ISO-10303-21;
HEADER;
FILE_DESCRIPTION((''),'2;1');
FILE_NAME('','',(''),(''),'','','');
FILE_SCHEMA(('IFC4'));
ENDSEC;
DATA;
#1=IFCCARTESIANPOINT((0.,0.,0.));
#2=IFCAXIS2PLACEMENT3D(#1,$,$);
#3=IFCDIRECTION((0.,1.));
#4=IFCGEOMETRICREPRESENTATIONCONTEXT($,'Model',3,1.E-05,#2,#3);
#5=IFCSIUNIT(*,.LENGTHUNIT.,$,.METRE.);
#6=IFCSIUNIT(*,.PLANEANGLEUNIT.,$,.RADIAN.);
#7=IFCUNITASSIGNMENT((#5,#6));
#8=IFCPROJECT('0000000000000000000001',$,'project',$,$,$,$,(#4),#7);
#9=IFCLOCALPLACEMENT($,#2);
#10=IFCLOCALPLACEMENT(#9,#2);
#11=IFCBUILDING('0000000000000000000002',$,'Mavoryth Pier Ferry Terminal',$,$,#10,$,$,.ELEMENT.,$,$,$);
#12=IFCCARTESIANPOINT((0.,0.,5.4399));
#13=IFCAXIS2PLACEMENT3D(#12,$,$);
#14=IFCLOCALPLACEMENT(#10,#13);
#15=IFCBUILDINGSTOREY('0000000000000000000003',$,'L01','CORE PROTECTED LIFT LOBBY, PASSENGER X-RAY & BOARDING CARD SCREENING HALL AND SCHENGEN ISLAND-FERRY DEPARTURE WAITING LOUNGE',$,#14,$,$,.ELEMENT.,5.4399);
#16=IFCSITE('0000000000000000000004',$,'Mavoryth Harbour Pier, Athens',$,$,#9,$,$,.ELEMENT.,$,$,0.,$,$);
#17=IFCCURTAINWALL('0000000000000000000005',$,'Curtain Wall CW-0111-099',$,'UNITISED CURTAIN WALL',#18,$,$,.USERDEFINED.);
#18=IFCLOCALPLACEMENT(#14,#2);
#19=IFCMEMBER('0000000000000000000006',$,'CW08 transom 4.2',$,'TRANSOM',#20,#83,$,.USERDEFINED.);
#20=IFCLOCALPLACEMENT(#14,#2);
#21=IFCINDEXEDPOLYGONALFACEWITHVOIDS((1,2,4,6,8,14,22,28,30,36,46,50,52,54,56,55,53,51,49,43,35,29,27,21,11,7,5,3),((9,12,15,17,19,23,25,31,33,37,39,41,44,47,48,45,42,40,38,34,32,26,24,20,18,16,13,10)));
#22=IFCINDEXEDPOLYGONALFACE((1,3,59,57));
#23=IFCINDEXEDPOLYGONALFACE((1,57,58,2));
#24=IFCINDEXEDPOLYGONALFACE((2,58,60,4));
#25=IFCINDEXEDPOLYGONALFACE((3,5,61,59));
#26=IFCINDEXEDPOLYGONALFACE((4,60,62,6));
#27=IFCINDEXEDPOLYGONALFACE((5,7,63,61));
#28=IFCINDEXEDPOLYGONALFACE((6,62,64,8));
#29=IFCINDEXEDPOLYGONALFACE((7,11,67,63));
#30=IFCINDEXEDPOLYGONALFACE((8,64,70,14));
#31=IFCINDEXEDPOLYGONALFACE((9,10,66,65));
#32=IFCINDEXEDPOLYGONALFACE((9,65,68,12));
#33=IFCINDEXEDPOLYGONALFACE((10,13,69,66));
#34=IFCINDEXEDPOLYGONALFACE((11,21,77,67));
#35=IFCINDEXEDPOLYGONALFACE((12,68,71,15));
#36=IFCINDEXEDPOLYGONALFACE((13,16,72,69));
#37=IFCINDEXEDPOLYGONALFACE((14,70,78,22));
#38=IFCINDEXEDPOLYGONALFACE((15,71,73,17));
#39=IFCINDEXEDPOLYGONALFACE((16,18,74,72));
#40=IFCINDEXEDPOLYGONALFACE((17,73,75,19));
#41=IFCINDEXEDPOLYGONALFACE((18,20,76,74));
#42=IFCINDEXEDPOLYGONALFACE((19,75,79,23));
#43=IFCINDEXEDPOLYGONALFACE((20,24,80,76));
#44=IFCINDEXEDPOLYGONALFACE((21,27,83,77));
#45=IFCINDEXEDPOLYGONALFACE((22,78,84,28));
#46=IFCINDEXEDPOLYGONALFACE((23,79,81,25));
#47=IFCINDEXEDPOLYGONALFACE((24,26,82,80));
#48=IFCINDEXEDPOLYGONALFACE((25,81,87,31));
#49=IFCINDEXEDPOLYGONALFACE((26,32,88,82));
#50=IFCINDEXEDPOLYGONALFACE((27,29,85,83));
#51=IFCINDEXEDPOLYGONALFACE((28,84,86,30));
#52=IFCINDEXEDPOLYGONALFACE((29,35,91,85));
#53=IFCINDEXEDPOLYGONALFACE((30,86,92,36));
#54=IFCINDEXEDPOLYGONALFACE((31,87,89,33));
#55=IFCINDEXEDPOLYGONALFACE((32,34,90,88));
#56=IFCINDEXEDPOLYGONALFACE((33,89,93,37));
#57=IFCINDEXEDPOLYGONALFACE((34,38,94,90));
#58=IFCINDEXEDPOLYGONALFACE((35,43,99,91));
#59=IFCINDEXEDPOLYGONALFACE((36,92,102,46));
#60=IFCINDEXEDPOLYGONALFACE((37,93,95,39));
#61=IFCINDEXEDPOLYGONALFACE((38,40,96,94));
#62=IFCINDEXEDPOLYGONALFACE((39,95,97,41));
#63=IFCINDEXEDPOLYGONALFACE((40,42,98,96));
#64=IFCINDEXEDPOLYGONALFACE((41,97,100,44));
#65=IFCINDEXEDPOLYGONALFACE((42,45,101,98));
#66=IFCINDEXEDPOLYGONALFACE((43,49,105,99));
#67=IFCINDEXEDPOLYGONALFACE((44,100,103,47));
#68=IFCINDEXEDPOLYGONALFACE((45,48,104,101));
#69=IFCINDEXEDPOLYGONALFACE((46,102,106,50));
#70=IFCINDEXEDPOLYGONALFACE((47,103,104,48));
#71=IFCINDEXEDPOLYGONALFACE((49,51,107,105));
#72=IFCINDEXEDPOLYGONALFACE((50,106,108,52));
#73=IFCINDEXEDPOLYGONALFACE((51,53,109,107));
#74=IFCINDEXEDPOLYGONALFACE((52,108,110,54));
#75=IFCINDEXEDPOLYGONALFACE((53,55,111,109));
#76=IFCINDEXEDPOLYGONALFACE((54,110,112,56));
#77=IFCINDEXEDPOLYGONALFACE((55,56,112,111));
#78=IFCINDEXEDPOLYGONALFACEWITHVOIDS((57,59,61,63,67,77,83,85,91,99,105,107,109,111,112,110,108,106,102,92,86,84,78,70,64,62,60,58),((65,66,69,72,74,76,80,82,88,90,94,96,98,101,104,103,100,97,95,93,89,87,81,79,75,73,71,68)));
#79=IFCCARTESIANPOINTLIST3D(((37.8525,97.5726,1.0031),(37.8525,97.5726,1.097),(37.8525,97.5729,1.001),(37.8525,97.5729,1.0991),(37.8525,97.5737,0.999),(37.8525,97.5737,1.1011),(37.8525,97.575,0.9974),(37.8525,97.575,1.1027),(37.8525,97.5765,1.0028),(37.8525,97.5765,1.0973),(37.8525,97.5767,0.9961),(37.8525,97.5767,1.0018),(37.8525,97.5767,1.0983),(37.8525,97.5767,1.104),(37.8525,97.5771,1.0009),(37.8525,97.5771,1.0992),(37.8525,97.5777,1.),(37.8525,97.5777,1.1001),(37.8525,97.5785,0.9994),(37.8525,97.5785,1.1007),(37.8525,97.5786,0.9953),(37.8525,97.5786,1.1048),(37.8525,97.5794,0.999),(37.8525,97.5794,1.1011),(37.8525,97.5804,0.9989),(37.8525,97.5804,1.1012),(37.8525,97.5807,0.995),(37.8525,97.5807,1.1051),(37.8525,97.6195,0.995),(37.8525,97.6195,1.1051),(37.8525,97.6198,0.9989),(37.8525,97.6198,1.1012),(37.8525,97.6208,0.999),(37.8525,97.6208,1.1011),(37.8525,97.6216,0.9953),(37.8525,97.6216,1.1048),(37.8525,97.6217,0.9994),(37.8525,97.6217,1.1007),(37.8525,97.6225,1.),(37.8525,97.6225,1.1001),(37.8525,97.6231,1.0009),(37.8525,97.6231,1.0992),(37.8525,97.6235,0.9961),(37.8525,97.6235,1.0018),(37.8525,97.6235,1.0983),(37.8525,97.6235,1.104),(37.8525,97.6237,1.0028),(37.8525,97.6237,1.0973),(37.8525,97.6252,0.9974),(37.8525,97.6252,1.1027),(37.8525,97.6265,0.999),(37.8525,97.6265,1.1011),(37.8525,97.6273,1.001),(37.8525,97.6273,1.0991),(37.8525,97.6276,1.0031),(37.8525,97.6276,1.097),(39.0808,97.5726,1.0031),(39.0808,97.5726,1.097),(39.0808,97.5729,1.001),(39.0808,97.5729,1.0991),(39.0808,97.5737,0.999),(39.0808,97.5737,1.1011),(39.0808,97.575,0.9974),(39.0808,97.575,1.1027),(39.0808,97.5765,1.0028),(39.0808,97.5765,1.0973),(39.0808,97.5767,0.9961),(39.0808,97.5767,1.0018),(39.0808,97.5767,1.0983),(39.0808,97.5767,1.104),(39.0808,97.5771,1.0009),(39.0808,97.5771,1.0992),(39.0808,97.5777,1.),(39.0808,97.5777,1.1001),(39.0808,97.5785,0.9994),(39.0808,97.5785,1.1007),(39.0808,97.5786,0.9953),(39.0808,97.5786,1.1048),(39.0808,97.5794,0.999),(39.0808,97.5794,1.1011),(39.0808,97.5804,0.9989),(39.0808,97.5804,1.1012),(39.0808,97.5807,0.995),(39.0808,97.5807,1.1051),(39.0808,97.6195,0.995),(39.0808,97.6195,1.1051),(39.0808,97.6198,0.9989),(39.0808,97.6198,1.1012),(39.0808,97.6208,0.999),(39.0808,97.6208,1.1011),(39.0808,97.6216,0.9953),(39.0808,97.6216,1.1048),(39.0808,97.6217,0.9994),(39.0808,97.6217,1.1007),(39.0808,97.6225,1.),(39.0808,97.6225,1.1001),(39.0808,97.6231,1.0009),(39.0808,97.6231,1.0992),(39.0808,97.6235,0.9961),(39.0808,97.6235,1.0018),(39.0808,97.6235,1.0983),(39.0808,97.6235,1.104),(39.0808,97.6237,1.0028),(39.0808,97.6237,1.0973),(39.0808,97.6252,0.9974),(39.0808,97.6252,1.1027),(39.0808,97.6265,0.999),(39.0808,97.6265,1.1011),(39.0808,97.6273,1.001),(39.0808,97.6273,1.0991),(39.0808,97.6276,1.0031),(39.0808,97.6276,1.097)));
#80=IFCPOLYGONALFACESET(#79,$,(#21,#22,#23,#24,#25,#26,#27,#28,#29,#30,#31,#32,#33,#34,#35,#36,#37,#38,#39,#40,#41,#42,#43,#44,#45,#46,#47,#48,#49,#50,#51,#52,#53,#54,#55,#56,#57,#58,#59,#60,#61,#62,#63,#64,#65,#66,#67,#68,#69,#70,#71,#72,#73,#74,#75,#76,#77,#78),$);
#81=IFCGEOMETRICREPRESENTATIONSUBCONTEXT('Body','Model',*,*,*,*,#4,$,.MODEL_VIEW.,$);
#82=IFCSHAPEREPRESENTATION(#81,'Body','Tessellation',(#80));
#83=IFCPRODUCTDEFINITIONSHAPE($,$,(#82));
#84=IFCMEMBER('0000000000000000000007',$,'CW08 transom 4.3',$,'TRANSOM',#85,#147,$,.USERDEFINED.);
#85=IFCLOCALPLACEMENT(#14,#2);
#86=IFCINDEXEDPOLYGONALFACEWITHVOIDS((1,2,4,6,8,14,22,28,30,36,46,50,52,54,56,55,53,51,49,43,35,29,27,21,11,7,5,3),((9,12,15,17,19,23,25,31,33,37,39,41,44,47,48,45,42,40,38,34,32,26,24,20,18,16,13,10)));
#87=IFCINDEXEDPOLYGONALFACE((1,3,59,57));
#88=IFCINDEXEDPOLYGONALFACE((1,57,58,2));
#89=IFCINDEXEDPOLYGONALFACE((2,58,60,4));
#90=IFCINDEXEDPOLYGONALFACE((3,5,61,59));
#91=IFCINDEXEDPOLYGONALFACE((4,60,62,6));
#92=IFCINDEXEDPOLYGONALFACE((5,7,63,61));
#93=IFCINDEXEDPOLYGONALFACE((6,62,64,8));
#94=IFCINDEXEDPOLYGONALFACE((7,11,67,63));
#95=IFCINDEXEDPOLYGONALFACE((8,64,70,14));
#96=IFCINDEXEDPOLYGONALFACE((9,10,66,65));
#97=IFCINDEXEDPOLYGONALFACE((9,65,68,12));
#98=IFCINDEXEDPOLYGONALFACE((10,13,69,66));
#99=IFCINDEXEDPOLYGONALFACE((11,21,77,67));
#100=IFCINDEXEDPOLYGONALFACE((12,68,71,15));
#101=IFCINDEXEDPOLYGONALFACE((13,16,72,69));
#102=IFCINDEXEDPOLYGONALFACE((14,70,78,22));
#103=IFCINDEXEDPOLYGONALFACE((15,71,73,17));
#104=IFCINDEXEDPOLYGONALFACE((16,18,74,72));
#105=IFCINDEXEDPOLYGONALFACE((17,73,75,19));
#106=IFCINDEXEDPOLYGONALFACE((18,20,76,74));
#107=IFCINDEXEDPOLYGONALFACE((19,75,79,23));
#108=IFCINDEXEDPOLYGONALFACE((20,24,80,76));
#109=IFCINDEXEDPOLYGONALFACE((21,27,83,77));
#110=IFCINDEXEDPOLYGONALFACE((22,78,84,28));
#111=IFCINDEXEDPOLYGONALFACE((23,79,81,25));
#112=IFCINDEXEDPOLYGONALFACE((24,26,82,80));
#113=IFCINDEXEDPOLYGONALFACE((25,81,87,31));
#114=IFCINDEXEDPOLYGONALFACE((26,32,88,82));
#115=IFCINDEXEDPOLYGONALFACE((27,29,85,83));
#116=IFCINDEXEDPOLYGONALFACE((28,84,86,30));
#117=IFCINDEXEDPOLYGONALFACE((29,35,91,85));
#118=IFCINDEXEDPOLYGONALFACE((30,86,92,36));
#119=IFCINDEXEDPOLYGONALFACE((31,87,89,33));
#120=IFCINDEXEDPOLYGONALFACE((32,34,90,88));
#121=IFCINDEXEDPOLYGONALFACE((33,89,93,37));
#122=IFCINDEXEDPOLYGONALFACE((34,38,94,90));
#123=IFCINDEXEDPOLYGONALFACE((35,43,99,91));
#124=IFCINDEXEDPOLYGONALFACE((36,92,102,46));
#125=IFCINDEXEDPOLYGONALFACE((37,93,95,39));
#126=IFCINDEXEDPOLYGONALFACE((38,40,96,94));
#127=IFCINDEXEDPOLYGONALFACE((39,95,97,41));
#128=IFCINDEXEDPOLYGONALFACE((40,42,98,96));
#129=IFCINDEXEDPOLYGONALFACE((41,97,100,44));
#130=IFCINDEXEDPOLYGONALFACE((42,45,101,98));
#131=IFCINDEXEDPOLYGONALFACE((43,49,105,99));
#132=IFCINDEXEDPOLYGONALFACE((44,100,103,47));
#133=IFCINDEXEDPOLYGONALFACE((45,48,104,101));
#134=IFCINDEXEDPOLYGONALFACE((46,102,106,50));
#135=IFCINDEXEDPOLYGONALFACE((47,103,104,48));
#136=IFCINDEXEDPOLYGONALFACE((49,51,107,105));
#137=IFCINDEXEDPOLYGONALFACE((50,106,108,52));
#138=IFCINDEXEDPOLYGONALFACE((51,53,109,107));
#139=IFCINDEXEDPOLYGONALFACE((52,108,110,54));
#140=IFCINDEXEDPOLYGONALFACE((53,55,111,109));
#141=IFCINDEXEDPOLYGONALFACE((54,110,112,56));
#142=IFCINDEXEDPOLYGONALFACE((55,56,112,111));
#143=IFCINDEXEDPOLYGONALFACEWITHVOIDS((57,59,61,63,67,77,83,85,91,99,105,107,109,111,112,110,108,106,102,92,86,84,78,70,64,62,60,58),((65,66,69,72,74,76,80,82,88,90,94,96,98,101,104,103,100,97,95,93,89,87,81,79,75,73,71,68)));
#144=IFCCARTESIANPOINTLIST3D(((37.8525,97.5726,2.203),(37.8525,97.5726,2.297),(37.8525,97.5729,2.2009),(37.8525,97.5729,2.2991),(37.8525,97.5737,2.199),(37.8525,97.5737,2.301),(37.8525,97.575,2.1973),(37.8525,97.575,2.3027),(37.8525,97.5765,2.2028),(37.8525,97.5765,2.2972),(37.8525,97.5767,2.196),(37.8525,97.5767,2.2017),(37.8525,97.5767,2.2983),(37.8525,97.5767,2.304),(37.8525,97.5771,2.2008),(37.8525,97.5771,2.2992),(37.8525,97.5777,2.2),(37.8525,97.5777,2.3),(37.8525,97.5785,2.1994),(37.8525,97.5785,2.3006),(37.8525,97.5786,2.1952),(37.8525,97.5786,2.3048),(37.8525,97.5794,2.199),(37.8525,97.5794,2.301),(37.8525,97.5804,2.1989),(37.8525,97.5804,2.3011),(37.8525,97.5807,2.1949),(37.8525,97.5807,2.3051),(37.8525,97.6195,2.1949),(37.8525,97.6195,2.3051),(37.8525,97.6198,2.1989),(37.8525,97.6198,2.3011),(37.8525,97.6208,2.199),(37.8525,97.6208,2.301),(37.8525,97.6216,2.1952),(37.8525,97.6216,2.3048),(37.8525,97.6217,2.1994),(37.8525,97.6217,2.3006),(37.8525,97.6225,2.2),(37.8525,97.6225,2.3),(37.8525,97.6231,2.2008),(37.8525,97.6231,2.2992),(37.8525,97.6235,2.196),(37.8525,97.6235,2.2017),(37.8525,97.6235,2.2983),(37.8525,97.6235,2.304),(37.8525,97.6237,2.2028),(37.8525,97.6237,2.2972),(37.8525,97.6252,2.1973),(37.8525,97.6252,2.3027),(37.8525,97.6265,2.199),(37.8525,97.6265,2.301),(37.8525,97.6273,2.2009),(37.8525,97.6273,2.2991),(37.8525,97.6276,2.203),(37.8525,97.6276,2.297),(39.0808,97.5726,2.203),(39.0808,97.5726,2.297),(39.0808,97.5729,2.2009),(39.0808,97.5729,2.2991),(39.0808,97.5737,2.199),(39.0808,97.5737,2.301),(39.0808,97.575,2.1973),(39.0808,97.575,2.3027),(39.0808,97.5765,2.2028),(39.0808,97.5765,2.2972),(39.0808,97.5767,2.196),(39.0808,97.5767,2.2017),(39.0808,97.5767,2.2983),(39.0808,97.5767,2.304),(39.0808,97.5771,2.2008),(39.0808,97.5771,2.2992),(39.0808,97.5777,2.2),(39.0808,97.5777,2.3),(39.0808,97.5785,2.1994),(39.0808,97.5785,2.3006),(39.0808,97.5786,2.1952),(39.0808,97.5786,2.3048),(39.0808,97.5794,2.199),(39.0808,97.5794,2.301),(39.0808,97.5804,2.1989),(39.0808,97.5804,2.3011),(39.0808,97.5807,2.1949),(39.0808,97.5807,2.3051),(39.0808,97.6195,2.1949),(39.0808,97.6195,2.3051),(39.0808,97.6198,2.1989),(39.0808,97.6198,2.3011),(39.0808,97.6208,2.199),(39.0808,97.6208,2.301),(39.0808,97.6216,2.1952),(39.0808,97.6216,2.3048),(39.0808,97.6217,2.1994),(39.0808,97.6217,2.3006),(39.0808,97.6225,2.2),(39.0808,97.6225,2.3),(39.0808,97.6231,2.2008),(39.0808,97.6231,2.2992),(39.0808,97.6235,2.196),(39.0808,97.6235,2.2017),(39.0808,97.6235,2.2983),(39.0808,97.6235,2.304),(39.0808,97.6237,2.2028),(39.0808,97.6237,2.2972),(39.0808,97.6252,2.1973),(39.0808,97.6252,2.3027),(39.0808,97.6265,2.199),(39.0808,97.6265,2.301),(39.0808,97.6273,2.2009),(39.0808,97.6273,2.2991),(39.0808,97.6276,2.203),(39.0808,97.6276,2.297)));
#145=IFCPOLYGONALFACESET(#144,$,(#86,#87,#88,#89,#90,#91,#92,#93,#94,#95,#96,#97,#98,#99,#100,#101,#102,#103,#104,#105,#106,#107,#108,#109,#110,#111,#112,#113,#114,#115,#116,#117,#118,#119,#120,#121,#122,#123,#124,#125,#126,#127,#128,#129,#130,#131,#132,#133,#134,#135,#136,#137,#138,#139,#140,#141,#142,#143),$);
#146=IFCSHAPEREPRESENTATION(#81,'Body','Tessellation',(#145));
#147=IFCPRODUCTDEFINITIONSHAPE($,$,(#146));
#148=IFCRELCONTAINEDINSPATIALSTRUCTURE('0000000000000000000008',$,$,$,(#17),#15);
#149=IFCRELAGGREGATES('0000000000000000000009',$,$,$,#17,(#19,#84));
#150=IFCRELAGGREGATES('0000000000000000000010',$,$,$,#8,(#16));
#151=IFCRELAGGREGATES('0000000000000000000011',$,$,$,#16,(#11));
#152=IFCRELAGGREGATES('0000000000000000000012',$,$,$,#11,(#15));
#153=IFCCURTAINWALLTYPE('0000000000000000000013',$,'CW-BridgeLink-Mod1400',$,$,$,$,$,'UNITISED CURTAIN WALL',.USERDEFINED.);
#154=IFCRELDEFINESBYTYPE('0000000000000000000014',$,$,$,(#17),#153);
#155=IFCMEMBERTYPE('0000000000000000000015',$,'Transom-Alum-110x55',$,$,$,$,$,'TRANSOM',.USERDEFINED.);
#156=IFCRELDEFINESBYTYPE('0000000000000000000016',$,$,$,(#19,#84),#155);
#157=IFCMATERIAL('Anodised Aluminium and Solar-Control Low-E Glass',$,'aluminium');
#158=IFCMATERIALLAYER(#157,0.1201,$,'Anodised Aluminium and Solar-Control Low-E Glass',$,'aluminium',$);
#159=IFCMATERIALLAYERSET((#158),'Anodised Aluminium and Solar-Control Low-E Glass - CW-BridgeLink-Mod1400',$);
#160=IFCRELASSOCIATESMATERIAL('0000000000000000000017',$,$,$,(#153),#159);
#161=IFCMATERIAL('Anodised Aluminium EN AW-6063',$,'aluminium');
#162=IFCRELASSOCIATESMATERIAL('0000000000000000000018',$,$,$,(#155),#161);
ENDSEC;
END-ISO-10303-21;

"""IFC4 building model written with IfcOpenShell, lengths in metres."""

from ifc_helpers import new_model, si_unit, direction, frame, origin, origin_2d, place, context, subcontext, project, spatial, hollow_rectangle, extrude, material, layer, layer_set, material_profile, profile_set, type_object, element, aggregate, save


model = new_model("IFC4")

# Units and contexts
model_context = context("Model", 3, precision=1e-05, world=origin(), true_north=direction((0.0, 1.0)))
body_context = subcontext(model_context, "Body", "Model", "MODEL_VIEW")
ifc_project = project(units=[si_unit("LENGTHUNIT", "METRE"), si_unit("PLANEANGLEUNIT", "RADIAN")], contexts=[model_context])

# Site, building, storey
site_placement = place(None, origin())
site = spatial("IfcSite", under=ifc_project, at=site_placement, Name="Mavoryth Harbour Pier, Athens", CompositionType="ELEMENT", RefElevation=0.0)
building_placement = place(site_placement, origin())
building = spatial("IfcBuilding", under=site, at=building_placement, Name="Mavoryth Pier Ferry Terminal", CompositionType="ELEMENT")
storey_placement = place(building_placement, frame((0.0, 0.0, 5.4399)))
storey = spatial("IfcBuildingStorey", under=building, at=storey_placement, Name="L01", Description="CORE PROTECTED LIFT LOBBY, PASSENGER X-RAY & BOARDING CARD SCREENING HALL AND SCHENGEN ISLAND-FERRY DEPARTURE WAITING LOUNGE", CompositionType="ELEMENT", Elevation=5.4399)

# Curtain wall
ifc_material_1 = material(Name="Anodised Aluminium and Solar-Control Low-E Glass", Category="aluminium")
ifc_layer_1 = layer(ifc_material_1, 0.1201, Name="Anodised Aluminium and Solar-Control Low-E Glass", Category="aluminium")
ifc_layer_set_1 = layer_set([ifc_layer_1], Name="Anodised Aluminium and Solar-Control Low-E Glass - CW-BridgeLink-Mod1400")
curtain_wall_type = type_object("IfcCurtainWallType", Name="CW-BridgeLink-Mod1400", ElementType="UNITISED CURTAIN WALL", PredefinedType="USERDEFINED", material=ifc_layer_set_1)
curtain_wall_1_placement = place(storey_placement, origin())
curtain_wall_1 = element("IfcCurtainWall", 1, at=curtain_wall_1_placement, inside=storey, type_object=curtain_wall_type, Name="Curtain Wall CW-0111-099", ObjectType="UNITISED CURTAIN WALL", PredefinedType="USERDEFINED")
ifc_material_2 = material(Name="Anodised Aluminium EN AW-6063", Category="aluminium")

# Members
ifc_material_profile_1 = material_profile(ifc_material_2, hollow_rectangle(XDim=0.0549, YDim=0.1101, WallThickness=0.0039, InnerFilletRadius=0.0039, OuterFilletRadius=0.0081, at=origin_2d()), Name="AL-TRAN 110x55x4", Category="aluminium")
ifc_profile_set_1 = profile_set([ifc_material_profile_1], Name="Anodised Aluminium EN AW-6063 - AL-TRAN 110x55x4")
member_type_1 = type_object("IfcMemberType", Name="Transom-Alum-110x55", ElementType="TRANSOM", PredefinedType="USERDEFINED", material=ifc_profile_set_1)
member_1_placement = place(storey_placement, frame((37.8525, 97.6001, 1.05), z_axis=(1.0, 0.0, 0.0), x_axis=(0.0, 1.0, 0.0)))
member_1 = element("IfcMember", 2, at=member_1_placement, type_object=member_type_1, Name="CW08 transom 4.2", ObjectType="TRANSOM", PredefinedType="USERDEFINED", context=body_context, shape_type="SweptSolid", body=[
    extrude(hollow_rectangle(XDim=0.0549, YDim=0.1101, WallThickness=0.0039, InnerFilletRadius=0.0039, OuterFilletRadius=0.0081, at=origin_2d()), origin(), (0.0, 0.0, 1.0), 1.2283),
])
member_2_placement = place(storey_placement, frame((37.8525, 97.6001, 2.25), z_axis=(1.0, 0.0, 0.0), x_axis=(0.0, 1.0, 0.0)))
member_2 = element("IfcMember", 3, at=member_2_placement, type_object=member_type_1, Name="CW08 transom 4.3", ObjectType="TRANSOM", PredefinedType="USERDEFINED", context=body_context, shape_type="SweptSolid", body=[
    extrude(hollow_rectangle(XDim=0.0549, YDim=0.1101, WallThickness=0.0039, InnerFilletRadius=0.0039, OuterFilletRadius=0.0081, at=origin_2d()), origin(), (0.0, 0.0, 1.0), 1.2283),
])

aggregate(curtain_wall_1, [member_1, member_2])

save(model, "model.ifc")
